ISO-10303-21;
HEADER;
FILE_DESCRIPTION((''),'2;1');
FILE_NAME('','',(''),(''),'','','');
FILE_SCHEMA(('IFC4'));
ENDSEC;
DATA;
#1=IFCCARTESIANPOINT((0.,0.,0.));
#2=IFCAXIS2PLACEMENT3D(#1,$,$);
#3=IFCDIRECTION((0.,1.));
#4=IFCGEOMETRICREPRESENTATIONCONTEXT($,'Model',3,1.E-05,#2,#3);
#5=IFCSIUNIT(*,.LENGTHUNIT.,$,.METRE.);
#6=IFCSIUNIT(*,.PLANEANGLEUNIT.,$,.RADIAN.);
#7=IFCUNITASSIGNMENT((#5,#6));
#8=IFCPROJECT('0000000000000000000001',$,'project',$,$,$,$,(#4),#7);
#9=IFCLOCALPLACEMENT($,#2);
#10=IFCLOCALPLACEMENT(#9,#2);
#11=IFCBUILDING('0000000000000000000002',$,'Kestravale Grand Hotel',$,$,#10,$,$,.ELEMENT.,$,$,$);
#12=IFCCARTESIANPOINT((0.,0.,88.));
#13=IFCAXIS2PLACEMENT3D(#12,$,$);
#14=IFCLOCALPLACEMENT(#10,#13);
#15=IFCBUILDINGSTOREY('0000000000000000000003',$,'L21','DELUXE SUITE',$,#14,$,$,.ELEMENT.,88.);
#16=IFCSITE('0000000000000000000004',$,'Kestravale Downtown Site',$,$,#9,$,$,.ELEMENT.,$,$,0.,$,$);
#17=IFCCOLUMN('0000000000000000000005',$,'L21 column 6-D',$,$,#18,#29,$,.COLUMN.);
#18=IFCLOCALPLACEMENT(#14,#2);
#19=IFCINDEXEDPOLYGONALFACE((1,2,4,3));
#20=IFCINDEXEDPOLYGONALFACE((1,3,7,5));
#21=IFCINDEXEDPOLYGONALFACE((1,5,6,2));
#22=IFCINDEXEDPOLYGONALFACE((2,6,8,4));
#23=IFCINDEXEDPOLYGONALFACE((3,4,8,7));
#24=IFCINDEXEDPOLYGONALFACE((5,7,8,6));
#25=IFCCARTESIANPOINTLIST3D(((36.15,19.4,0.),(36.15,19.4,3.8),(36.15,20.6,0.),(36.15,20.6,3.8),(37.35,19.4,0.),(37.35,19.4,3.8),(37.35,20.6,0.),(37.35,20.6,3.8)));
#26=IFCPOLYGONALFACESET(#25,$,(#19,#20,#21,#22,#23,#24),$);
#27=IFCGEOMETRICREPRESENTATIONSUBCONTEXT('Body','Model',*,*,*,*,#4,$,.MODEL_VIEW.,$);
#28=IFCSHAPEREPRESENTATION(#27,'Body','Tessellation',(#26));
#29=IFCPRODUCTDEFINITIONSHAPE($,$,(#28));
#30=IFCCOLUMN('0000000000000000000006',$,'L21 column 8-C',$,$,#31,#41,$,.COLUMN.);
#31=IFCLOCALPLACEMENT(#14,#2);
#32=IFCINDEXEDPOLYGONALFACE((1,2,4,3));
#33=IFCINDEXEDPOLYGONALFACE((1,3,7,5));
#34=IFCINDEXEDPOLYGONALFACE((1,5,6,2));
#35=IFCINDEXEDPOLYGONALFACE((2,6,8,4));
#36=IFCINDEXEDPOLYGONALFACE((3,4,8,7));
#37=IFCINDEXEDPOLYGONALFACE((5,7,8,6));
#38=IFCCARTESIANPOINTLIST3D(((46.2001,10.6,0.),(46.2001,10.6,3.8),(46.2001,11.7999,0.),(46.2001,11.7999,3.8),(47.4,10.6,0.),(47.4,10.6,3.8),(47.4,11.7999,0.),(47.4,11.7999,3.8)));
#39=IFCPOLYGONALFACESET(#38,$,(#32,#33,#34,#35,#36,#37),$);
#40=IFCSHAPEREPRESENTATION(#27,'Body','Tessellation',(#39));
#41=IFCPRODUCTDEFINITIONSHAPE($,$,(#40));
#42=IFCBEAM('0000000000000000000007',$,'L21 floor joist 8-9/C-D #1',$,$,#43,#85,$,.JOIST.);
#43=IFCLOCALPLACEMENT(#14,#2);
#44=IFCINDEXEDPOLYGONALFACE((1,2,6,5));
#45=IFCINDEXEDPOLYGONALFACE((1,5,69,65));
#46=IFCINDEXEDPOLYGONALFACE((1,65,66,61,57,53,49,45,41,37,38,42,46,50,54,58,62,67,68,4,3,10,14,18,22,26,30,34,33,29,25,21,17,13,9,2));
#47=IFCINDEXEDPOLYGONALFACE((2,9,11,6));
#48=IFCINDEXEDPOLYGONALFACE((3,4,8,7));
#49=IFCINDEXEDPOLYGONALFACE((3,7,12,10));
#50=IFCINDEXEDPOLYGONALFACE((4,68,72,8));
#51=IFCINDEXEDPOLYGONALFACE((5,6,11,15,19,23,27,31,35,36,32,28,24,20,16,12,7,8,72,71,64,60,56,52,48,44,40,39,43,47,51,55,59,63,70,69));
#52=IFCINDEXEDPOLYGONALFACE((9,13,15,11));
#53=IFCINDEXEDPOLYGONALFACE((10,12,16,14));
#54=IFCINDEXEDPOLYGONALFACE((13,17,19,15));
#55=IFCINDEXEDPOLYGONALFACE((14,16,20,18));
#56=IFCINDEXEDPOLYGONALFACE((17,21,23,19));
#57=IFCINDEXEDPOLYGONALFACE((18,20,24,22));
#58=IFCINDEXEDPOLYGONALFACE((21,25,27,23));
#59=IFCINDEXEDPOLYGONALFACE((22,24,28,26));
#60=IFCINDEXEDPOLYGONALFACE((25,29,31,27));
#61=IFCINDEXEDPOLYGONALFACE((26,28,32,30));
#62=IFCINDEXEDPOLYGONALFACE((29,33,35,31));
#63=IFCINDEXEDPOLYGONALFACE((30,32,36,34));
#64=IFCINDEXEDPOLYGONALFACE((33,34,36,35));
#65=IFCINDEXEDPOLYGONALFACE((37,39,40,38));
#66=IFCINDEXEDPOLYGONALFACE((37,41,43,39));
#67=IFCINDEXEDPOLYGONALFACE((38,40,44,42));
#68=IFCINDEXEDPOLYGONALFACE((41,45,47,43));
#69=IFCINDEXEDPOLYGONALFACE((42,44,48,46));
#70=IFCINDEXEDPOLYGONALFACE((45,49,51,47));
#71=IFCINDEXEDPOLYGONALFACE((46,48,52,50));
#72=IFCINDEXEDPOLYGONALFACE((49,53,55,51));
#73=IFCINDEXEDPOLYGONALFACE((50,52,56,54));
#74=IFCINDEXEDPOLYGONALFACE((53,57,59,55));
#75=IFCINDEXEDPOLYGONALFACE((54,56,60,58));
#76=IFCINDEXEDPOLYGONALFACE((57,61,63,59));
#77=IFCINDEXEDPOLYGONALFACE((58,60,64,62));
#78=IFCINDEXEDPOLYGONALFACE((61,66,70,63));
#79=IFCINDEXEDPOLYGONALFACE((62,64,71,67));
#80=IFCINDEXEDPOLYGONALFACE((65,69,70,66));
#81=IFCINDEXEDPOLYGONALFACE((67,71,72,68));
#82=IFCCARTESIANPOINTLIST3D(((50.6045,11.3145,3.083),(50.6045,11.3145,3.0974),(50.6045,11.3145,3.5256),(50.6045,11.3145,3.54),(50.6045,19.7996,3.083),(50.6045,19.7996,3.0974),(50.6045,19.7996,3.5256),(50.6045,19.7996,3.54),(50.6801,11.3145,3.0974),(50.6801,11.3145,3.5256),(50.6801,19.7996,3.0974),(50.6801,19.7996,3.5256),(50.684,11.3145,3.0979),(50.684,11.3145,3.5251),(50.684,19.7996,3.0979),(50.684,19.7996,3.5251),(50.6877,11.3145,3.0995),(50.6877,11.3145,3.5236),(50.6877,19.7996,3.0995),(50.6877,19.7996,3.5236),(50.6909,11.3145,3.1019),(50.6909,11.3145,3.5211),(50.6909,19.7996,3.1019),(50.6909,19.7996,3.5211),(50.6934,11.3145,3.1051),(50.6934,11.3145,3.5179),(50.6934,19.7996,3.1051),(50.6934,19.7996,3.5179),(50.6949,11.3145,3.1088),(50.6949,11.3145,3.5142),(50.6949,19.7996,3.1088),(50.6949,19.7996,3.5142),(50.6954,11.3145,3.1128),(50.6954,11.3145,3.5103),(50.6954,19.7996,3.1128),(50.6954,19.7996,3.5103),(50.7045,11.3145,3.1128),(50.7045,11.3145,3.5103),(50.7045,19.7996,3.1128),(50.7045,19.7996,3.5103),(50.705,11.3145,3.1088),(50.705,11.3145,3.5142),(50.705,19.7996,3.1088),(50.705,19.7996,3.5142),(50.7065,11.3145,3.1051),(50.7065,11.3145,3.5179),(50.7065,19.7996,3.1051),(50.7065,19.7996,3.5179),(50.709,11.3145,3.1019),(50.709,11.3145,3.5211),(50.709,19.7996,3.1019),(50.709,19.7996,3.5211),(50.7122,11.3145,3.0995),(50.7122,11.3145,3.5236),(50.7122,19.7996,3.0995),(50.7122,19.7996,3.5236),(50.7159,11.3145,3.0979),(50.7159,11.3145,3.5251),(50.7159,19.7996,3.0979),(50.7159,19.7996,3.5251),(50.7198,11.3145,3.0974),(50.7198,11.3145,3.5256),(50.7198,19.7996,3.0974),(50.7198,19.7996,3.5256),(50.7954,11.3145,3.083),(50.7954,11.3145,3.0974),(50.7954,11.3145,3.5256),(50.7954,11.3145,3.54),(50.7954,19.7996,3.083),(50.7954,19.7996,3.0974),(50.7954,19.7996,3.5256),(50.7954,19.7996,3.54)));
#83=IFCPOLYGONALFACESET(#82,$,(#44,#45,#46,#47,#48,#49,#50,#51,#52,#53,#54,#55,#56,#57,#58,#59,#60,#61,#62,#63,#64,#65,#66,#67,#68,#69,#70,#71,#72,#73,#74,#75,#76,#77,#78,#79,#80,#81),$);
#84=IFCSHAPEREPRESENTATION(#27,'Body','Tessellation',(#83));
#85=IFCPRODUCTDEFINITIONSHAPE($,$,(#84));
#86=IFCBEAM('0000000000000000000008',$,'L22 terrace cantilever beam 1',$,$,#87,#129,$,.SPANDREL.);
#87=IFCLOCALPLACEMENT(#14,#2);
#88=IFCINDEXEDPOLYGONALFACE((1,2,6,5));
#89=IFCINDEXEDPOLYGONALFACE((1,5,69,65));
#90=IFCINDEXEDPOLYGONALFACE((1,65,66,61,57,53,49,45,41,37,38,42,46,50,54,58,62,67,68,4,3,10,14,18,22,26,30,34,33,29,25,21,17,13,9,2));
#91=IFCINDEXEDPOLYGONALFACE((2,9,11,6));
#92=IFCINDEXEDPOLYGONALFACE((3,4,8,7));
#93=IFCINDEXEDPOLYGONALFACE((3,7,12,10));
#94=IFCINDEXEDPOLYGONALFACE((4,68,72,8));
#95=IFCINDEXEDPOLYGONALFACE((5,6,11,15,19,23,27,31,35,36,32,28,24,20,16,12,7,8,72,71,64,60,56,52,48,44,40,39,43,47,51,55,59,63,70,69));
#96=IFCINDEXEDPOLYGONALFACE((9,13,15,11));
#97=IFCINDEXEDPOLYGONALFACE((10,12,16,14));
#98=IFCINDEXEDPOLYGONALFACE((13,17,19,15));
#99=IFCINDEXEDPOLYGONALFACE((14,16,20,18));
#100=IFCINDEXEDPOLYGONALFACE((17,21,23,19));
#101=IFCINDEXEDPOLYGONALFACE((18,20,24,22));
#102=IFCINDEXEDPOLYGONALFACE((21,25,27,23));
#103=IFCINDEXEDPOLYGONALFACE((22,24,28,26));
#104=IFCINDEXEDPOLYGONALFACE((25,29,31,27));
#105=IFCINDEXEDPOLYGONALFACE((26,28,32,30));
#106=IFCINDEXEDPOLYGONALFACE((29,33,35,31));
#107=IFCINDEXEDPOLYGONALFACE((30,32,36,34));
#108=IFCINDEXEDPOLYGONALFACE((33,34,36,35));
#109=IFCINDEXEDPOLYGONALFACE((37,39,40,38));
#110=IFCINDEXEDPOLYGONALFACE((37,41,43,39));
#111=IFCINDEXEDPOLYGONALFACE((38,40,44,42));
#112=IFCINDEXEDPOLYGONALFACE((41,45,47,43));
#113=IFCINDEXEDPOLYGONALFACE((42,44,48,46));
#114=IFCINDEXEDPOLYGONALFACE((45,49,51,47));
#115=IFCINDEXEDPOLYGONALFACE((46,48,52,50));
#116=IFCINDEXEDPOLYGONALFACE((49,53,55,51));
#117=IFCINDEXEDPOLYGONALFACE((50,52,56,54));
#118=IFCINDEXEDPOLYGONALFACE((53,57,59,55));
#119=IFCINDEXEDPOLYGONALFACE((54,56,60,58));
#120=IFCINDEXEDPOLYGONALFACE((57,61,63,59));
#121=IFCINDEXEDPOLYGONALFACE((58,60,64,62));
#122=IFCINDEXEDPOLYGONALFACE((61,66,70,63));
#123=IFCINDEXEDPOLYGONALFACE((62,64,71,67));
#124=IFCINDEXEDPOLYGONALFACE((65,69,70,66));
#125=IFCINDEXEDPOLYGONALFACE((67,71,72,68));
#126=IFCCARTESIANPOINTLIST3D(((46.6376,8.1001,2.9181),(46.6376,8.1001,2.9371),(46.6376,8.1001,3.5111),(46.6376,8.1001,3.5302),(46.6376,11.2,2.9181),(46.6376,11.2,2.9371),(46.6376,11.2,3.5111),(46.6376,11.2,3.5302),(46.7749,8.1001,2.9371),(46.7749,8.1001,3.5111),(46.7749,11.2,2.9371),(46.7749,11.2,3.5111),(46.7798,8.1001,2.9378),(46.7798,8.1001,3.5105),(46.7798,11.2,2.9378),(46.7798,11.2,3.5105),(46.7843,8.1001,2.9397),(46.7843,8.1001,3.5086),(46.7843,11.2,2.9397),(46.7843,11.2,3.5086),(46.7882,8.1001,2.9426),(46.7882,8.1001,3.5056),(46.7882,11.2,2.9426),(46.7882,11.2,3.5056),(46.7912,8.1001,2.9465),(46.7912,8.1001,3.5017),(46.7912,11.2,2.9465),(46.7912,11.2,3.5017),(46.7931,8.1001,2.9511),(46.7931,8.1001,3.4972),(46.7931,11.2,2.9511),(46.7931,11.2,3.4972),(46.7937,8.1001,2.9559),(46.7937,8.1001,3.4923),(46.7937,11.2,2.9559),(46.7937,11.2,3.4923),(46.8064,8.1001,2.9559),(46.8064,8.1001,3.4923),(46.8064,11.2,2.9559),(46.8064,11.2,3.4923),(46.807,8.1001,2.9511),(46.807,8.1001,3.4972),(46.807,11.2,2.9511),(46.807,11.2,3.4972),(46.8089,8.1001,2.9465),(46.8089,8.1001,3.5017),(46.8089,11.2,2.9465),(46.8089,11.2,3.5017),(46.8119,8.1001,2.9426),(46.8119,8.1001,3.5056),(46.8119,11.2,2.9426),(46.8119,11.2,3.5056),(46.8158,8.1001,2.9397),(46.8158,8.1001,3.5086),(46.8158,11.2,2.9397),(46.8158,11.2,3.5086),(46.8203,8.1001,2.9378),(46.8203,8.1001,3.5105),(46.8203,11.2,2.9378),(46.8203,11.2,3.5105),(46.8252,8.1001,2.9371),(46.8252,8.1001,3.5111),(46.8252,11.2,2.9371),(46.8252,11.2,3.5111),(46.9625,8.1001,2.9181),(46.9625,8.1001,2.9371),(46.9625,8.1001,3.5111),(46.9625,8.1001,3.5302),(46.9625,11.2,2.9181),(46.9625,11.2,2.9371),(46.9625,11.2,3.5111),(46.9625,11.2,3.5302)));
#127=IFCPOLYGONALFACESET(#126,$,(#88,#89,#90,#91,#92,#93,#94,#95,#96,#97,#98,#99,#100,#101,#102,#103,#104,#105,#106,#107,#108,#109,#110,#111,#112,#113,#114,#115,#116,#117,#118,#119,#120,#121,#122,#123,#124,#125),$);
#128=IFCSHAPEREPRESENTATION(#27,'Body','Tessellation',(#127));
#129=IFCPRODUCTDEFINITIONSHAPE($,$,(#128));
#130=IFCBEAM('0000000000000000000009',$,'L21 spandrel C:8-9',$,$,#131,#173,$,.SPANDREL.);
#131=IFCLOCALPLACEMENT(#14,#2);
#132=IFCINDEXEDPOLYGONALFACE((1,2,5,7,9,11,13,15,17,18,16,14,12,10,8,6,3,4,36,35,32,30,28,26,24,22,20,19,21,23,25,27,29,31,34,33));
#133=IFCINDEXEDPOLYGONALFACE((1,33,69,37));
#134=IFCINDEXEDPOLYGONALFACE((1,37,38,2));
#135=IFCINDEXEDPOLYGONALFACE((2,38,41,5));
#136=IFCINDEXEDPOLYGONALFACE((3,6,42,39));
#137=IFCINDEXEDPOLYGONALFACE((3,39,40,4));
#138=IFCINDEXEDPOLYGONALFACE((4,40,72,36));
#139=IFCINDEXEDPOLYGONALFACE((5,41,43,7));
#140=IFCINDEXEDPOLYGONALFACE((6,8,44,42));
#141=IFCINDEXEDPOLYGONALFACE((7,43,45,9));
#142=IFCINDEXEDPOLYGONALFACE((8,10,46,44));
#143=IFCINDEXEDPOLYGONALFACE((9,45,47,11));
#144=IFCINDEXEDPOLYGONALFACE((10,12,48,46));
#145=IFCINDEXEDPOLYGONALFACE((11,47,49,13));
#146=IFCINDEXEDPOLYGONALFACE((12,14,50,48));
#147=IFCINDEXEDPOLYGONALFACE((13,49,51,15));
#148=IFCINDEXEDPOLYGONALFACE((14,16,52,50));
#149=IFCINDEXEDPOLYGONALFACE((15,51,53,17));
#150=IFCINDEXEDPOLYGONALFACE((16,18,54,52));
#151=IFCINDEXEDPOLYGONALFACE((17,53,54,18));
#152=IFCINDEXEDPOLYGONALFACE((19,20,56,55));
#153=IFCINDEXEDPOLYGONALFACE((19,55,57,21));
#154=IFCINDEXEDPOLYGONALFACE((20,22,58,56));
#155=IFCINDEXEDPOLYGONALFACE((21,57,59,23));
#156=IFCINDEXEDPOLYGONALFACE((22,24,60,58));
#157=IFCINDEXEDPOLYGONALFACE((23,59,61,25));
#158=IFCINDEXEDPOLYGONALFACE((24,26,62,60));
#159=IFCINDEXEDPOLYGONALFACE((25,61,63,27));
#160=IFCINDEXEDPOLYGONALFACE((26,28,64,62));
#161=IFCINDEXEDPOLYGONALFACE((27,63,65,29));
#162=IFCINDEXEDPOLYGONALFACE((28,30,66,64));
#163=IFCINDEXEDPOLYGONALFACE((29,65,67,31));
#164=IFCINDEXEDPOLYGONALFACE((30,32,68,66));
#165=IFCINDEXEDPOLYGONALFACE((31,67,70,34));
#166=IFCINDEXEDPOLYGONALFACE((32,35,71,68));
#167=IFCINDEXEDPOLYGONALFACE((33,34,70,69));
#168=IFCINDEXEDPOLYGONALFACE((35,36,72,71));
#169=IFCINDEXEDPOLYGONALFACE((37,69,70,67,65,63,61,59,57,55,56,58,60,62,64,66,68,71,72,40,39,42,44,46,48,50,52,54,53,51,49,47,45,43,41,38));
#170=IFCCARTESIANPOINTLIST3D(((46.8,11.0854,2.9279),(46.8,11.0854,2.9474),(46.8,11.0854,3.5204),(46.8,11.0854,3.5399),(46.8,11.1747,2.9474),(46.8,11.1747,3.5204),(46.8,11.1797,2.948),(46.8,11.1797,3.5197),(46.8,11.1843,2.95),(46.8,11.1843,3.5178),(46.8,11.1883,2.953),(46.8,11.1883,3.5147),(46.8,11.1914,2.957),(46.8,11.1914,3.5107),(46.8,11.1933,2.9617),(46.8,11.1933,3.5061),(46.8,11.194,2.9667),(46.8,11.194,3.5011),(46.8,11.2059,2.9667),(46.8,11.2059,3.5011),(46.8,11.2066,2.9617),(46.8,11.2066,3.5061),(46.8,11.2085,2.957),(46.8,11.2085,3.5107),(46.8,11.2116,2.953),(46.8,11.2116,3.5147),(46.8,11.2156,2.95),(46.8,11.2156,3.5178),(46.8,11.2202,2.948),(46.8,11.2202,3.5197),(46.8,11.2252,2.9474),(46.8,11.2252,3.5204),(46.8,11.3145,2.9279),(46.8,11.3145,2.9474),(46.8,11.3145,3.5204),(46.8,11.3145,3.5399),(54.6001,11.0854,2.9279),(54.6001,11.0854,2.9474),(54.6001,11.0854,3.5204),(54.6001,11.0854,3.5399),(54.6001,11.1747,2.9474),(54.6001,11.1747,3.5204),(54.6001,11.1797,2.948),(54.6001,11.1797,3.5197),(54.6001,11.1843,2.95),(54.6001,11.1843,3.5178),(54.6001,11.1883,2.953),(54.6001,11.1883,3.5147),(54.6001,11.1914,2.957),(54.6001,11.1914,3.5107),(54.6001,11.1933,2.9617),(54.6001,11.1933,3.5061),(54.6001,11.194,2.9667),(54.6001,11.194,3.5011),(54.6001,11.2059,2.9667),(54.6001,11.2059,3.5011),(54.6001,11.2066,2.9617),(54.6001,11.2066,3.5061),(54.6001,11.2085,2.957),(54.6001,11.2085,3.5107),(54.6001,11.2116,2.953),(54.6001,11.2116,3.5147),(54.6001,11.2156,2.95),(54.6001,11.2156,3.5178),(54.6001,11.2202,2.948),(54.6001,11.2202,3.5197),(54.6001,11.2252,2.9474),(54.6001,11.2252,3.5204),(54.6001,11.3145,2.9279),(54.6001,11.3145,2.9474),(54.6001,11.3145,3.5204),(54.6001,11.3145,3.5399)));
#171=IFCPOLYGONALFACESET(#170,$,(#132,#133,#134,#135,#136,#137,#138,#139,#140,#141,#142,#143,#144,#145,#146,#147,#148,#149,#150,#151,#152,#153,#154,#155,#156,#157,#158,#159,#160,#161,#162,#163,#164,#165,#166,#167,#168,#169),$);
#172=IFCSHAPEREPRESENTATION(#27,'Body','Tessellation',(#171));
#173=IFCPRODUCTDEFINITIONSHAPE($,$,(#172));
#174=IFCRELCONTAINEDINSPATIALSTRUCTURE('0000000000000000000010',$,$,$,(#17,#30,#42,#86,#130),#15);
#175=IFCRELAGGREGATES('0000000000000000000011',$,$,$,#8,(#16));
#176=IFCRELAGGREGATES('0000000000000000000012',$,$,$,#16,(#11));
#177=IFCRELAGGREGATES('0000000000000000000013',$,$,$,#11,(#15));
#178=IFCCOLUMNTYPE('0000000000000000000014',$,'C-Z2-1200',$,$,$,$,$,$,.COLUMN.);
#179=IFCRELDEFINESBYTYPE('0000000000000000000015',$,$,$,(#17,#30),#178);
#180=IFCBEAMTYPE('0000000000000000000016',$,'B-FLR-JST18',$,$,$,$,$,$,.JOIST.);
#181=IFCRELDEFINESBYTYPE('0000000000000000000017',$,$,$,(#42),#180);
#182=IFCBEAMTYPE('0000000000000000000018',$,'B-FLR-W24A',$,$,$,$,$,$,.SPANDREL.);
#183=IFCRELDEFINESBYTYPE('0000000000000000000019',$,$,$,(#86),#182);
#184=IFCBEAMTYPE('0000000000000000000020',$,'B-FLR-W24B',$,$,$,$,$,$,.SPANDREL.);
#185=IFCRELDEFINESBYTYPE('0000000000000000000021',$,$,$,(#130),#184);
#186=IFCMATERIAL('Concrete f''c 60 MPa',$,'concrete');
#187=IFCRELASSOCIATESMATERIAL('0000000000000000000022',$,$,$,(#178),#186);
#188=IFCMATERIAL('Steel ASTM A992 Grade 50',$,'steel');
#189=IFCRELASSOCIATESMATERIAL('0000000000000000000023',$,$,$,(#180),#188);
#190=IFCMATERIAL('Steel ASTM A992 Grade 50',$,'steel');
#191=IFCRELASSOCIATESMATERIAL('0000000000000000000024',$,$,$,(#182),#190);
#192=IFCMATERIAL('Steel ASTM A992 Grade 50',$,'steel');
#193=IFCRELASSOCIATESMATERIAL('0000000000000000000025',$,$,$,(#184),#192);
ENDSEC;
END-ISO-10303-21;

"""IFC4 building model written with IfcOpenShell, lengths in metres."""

from ifc_helpers import new_model, si_unit, direction, frame, origin, origin_2d, place, context, subcontext, project, spatial, rectangle, i_section, extrude, material, material_profile, profile_set, type_object, element, save


model = new_model("IFC4")

# Units and contexts
model_context = context("Model", 3, precision=1e-05, world=origin(), true_north=direction((0.0, 1.0)))
body_context = subcontext(model_context, "Body", "Model", "MODEL_VIEW")
ifc_project = project(units=[si_unit("LENGTHUNIT", "METRE"), si_unit("PLANEANGLEUNIT", "RADIAN")], contexts=[model_context])

# Site, building, storey
site_placement = place(None, origin())
site = spatial("IfcSite", under=ifc_project, at=site_placement, Name="Kestravale Downtown Site", CompositionType="ELEMENT", RefElevation=0.0)
building_placement = place(site_placement, origin())
building = spatial("IfcBuilding", under=site, at=building_placement, Name="Kestravale Grand Hotel", CompositionType="ELEMENT")
storey_placement = place(building_placement, frame((0.0, 0.0, 88.0)))
storey = spatial("IfcBuildingStorey", under=building, at=storey_placement, Name="L21", Description="DELUXE SUITE", CompositionType="ELEMENT", Elevation=88.0)

# Columns
ifc_material_1 = material(Name="Concrete f'c 60 MPa", Category="concrete")
ifc_material_profile_1 = material_profile(ifc_material_1, rectangle(XDim=1.2, YDim=1.2, at=origin_2d()))
ifc_profile_set_1 = profile_set([ifc_material_profile_1], Name="Concrete f'c 60 MPa")
column_type = type_object("IfcColumnType", Name="C-Z2-1200", PredefinedType="COLUMN", material=ifc_profile_set_1)
for number, where, z_axis, x_axis, name in (
    (1, (36.75, 20.0, 0.0), (0.0, 0.0, 1.0), (1.0, 0.0, 0.0), "L21 column 6-D"),
    (2, (46.8, 11.2, 0.0), (0.0, 0.0, 1.0), (1.0, 0.0, 0.0), "L21 column 8-C"),
):
    element("IfcColumn", number, at=place(storey_placement, frame(where, z_axis=z_axis, x_axis=x_axis)), inside=storey, type_object=column_type, Name=name, PredefinedType="COLUMN", context=body_context, shape_type="SweptSolid", body=[
        extrude(rectangle(XDim=1.2, YDim=1.2, at=origin_2d()), origin(), (0.0, 0.0, 1.0), 3.8),
    ])

# Beams
ifc_material_2 = material(Name="Steel ASTM A992 Grade 50", Category="steel")
ifc_material_profile_2 = material_profile(ifc_material_2, i_section(OverallWidth=0.1909, OverallDepth=0.457, WebThickness=0.009, FlangeThickness=0.0144, FilletRadius=0.0154, at=origin_2d()))
ifc_profile_set_2 = profile_set([ifc_material_profile_2], Name="Steel ASTM A992 Grade 50")
beam_type_1 = type_object("IfcBeamType", Name="B-FLR-JST18", PredefinedType="JOIST", material=ifc_profile_set_2)
beam_1_placement = place(storey_placement, frame((50.7, 11.3145, 3.3115), z_axis=(0.0, 1.0, 0.0), x_axis=(-1.0, 0.0, 0.0)))
element("IfcBeam", 3, at=beam_1_placement, inside=storey, type_object=beam_type_1, Name="L21 floor joist 8-9/C-D #1", PredefinedType="JOIST", context=body_context, shape_type="SweptSolid", body=[
    extrude(i_section(OverallWidth=0.1909, OverallDepth=0.457, WebThickness=0.009, FlangeThickness=0.0144, FilletRadius=0.0154, at=origin_2d()), origin(), (0.0, 0.0, 1.0), 8.4851),
])
ifc_material_3 = material(Name="Steel ASTM A992 Grade 50", Category="steel")
ifc_material_profile_3 = material_profile(ifc_material_3, i_section(OverallWidth=0.325, OverallDepth=0.6121, WebThickness=0.0127, FlangeThickness=0.019, FilletRadius=0.0188, at=origin_2d()))
ifc_profile_set_3 = profile_set([ifc_material_profile_3], Name="Steel ASTM A992 Grade 50")
beam_type_2 = type_object("IfcBeamType", Name="B-FLR-W24A", PredefinedType="SPANDREL", material=ifc_profile_set_3)
beam_2_placement = place(storey_placement, frame((46.8, 11.2, 3.2241), z_axis=(0.0, -1.0, 0.0), x_axis=(1.0, 0.0, 0.0)))
element("IfcBeam", 4, at=beam_2_placement, inside=storey, type_object=beam_type_2, Name="L22 terrace cantilever beam 1", PredefinedType="SPANDREL", context=body_context, shape_type="SweptSolid", body=[
    extrude(i_section(OverallWidth=0.325, OverallDepth=0.6121, WebThickness=0.0127, FlangeThickness=0.019, FilletRadius=0.0188, at=origin_2d()), origin(), (0.0, 0.0, 1.0), 3.0999),
])
ifc_material_4 = material(Name="Steel ASTM A992 Grade 50", Category="steel")
ifc_material_profile_4 = material_profile(ifc_material_4, i_section(OverallWidth=0.229, OverallDepth=0.6121, WebThickness=0.012, FlangeThickness=0.0195, FilletRadius=0.0193, at=origin_2d()))
ifc_profile_set_4 = profile_set([ifc_material_profile_4], Name="Steel ASTM A992 Grade 50")
beam_type_3 = type_object("IfcBeamType", Name="B-FLR-W24B", PredefinedType="SPANDREL", material=ifc_profile_set_4)
beam_3_placement = place(storey_placement, frame((46.8, 11.2, 3.2339), z_axis=(1.0, 0.0, 0.0), x_axis=(0.0, 1.0, 0.0)))
element("IfcBeam", 5, at=beam_3_placement, inside=storey, type_object=beam_type_3, Name="L21 spandrel C:8-9", PredefinedType="SPANDREL", context=body_context, shape_type="SweptSolid", body=[
    extrude(i_section(OverallWidth=0.229, OverallDepth=0.6121, WebThickness=0.012, FlangeThickness=0.0195, FilletRadius=0.0193, at=origin_2d()), origin(), (0.0, 0.0, 1.0), 7.8),
])

save(model, "model.ifc")
